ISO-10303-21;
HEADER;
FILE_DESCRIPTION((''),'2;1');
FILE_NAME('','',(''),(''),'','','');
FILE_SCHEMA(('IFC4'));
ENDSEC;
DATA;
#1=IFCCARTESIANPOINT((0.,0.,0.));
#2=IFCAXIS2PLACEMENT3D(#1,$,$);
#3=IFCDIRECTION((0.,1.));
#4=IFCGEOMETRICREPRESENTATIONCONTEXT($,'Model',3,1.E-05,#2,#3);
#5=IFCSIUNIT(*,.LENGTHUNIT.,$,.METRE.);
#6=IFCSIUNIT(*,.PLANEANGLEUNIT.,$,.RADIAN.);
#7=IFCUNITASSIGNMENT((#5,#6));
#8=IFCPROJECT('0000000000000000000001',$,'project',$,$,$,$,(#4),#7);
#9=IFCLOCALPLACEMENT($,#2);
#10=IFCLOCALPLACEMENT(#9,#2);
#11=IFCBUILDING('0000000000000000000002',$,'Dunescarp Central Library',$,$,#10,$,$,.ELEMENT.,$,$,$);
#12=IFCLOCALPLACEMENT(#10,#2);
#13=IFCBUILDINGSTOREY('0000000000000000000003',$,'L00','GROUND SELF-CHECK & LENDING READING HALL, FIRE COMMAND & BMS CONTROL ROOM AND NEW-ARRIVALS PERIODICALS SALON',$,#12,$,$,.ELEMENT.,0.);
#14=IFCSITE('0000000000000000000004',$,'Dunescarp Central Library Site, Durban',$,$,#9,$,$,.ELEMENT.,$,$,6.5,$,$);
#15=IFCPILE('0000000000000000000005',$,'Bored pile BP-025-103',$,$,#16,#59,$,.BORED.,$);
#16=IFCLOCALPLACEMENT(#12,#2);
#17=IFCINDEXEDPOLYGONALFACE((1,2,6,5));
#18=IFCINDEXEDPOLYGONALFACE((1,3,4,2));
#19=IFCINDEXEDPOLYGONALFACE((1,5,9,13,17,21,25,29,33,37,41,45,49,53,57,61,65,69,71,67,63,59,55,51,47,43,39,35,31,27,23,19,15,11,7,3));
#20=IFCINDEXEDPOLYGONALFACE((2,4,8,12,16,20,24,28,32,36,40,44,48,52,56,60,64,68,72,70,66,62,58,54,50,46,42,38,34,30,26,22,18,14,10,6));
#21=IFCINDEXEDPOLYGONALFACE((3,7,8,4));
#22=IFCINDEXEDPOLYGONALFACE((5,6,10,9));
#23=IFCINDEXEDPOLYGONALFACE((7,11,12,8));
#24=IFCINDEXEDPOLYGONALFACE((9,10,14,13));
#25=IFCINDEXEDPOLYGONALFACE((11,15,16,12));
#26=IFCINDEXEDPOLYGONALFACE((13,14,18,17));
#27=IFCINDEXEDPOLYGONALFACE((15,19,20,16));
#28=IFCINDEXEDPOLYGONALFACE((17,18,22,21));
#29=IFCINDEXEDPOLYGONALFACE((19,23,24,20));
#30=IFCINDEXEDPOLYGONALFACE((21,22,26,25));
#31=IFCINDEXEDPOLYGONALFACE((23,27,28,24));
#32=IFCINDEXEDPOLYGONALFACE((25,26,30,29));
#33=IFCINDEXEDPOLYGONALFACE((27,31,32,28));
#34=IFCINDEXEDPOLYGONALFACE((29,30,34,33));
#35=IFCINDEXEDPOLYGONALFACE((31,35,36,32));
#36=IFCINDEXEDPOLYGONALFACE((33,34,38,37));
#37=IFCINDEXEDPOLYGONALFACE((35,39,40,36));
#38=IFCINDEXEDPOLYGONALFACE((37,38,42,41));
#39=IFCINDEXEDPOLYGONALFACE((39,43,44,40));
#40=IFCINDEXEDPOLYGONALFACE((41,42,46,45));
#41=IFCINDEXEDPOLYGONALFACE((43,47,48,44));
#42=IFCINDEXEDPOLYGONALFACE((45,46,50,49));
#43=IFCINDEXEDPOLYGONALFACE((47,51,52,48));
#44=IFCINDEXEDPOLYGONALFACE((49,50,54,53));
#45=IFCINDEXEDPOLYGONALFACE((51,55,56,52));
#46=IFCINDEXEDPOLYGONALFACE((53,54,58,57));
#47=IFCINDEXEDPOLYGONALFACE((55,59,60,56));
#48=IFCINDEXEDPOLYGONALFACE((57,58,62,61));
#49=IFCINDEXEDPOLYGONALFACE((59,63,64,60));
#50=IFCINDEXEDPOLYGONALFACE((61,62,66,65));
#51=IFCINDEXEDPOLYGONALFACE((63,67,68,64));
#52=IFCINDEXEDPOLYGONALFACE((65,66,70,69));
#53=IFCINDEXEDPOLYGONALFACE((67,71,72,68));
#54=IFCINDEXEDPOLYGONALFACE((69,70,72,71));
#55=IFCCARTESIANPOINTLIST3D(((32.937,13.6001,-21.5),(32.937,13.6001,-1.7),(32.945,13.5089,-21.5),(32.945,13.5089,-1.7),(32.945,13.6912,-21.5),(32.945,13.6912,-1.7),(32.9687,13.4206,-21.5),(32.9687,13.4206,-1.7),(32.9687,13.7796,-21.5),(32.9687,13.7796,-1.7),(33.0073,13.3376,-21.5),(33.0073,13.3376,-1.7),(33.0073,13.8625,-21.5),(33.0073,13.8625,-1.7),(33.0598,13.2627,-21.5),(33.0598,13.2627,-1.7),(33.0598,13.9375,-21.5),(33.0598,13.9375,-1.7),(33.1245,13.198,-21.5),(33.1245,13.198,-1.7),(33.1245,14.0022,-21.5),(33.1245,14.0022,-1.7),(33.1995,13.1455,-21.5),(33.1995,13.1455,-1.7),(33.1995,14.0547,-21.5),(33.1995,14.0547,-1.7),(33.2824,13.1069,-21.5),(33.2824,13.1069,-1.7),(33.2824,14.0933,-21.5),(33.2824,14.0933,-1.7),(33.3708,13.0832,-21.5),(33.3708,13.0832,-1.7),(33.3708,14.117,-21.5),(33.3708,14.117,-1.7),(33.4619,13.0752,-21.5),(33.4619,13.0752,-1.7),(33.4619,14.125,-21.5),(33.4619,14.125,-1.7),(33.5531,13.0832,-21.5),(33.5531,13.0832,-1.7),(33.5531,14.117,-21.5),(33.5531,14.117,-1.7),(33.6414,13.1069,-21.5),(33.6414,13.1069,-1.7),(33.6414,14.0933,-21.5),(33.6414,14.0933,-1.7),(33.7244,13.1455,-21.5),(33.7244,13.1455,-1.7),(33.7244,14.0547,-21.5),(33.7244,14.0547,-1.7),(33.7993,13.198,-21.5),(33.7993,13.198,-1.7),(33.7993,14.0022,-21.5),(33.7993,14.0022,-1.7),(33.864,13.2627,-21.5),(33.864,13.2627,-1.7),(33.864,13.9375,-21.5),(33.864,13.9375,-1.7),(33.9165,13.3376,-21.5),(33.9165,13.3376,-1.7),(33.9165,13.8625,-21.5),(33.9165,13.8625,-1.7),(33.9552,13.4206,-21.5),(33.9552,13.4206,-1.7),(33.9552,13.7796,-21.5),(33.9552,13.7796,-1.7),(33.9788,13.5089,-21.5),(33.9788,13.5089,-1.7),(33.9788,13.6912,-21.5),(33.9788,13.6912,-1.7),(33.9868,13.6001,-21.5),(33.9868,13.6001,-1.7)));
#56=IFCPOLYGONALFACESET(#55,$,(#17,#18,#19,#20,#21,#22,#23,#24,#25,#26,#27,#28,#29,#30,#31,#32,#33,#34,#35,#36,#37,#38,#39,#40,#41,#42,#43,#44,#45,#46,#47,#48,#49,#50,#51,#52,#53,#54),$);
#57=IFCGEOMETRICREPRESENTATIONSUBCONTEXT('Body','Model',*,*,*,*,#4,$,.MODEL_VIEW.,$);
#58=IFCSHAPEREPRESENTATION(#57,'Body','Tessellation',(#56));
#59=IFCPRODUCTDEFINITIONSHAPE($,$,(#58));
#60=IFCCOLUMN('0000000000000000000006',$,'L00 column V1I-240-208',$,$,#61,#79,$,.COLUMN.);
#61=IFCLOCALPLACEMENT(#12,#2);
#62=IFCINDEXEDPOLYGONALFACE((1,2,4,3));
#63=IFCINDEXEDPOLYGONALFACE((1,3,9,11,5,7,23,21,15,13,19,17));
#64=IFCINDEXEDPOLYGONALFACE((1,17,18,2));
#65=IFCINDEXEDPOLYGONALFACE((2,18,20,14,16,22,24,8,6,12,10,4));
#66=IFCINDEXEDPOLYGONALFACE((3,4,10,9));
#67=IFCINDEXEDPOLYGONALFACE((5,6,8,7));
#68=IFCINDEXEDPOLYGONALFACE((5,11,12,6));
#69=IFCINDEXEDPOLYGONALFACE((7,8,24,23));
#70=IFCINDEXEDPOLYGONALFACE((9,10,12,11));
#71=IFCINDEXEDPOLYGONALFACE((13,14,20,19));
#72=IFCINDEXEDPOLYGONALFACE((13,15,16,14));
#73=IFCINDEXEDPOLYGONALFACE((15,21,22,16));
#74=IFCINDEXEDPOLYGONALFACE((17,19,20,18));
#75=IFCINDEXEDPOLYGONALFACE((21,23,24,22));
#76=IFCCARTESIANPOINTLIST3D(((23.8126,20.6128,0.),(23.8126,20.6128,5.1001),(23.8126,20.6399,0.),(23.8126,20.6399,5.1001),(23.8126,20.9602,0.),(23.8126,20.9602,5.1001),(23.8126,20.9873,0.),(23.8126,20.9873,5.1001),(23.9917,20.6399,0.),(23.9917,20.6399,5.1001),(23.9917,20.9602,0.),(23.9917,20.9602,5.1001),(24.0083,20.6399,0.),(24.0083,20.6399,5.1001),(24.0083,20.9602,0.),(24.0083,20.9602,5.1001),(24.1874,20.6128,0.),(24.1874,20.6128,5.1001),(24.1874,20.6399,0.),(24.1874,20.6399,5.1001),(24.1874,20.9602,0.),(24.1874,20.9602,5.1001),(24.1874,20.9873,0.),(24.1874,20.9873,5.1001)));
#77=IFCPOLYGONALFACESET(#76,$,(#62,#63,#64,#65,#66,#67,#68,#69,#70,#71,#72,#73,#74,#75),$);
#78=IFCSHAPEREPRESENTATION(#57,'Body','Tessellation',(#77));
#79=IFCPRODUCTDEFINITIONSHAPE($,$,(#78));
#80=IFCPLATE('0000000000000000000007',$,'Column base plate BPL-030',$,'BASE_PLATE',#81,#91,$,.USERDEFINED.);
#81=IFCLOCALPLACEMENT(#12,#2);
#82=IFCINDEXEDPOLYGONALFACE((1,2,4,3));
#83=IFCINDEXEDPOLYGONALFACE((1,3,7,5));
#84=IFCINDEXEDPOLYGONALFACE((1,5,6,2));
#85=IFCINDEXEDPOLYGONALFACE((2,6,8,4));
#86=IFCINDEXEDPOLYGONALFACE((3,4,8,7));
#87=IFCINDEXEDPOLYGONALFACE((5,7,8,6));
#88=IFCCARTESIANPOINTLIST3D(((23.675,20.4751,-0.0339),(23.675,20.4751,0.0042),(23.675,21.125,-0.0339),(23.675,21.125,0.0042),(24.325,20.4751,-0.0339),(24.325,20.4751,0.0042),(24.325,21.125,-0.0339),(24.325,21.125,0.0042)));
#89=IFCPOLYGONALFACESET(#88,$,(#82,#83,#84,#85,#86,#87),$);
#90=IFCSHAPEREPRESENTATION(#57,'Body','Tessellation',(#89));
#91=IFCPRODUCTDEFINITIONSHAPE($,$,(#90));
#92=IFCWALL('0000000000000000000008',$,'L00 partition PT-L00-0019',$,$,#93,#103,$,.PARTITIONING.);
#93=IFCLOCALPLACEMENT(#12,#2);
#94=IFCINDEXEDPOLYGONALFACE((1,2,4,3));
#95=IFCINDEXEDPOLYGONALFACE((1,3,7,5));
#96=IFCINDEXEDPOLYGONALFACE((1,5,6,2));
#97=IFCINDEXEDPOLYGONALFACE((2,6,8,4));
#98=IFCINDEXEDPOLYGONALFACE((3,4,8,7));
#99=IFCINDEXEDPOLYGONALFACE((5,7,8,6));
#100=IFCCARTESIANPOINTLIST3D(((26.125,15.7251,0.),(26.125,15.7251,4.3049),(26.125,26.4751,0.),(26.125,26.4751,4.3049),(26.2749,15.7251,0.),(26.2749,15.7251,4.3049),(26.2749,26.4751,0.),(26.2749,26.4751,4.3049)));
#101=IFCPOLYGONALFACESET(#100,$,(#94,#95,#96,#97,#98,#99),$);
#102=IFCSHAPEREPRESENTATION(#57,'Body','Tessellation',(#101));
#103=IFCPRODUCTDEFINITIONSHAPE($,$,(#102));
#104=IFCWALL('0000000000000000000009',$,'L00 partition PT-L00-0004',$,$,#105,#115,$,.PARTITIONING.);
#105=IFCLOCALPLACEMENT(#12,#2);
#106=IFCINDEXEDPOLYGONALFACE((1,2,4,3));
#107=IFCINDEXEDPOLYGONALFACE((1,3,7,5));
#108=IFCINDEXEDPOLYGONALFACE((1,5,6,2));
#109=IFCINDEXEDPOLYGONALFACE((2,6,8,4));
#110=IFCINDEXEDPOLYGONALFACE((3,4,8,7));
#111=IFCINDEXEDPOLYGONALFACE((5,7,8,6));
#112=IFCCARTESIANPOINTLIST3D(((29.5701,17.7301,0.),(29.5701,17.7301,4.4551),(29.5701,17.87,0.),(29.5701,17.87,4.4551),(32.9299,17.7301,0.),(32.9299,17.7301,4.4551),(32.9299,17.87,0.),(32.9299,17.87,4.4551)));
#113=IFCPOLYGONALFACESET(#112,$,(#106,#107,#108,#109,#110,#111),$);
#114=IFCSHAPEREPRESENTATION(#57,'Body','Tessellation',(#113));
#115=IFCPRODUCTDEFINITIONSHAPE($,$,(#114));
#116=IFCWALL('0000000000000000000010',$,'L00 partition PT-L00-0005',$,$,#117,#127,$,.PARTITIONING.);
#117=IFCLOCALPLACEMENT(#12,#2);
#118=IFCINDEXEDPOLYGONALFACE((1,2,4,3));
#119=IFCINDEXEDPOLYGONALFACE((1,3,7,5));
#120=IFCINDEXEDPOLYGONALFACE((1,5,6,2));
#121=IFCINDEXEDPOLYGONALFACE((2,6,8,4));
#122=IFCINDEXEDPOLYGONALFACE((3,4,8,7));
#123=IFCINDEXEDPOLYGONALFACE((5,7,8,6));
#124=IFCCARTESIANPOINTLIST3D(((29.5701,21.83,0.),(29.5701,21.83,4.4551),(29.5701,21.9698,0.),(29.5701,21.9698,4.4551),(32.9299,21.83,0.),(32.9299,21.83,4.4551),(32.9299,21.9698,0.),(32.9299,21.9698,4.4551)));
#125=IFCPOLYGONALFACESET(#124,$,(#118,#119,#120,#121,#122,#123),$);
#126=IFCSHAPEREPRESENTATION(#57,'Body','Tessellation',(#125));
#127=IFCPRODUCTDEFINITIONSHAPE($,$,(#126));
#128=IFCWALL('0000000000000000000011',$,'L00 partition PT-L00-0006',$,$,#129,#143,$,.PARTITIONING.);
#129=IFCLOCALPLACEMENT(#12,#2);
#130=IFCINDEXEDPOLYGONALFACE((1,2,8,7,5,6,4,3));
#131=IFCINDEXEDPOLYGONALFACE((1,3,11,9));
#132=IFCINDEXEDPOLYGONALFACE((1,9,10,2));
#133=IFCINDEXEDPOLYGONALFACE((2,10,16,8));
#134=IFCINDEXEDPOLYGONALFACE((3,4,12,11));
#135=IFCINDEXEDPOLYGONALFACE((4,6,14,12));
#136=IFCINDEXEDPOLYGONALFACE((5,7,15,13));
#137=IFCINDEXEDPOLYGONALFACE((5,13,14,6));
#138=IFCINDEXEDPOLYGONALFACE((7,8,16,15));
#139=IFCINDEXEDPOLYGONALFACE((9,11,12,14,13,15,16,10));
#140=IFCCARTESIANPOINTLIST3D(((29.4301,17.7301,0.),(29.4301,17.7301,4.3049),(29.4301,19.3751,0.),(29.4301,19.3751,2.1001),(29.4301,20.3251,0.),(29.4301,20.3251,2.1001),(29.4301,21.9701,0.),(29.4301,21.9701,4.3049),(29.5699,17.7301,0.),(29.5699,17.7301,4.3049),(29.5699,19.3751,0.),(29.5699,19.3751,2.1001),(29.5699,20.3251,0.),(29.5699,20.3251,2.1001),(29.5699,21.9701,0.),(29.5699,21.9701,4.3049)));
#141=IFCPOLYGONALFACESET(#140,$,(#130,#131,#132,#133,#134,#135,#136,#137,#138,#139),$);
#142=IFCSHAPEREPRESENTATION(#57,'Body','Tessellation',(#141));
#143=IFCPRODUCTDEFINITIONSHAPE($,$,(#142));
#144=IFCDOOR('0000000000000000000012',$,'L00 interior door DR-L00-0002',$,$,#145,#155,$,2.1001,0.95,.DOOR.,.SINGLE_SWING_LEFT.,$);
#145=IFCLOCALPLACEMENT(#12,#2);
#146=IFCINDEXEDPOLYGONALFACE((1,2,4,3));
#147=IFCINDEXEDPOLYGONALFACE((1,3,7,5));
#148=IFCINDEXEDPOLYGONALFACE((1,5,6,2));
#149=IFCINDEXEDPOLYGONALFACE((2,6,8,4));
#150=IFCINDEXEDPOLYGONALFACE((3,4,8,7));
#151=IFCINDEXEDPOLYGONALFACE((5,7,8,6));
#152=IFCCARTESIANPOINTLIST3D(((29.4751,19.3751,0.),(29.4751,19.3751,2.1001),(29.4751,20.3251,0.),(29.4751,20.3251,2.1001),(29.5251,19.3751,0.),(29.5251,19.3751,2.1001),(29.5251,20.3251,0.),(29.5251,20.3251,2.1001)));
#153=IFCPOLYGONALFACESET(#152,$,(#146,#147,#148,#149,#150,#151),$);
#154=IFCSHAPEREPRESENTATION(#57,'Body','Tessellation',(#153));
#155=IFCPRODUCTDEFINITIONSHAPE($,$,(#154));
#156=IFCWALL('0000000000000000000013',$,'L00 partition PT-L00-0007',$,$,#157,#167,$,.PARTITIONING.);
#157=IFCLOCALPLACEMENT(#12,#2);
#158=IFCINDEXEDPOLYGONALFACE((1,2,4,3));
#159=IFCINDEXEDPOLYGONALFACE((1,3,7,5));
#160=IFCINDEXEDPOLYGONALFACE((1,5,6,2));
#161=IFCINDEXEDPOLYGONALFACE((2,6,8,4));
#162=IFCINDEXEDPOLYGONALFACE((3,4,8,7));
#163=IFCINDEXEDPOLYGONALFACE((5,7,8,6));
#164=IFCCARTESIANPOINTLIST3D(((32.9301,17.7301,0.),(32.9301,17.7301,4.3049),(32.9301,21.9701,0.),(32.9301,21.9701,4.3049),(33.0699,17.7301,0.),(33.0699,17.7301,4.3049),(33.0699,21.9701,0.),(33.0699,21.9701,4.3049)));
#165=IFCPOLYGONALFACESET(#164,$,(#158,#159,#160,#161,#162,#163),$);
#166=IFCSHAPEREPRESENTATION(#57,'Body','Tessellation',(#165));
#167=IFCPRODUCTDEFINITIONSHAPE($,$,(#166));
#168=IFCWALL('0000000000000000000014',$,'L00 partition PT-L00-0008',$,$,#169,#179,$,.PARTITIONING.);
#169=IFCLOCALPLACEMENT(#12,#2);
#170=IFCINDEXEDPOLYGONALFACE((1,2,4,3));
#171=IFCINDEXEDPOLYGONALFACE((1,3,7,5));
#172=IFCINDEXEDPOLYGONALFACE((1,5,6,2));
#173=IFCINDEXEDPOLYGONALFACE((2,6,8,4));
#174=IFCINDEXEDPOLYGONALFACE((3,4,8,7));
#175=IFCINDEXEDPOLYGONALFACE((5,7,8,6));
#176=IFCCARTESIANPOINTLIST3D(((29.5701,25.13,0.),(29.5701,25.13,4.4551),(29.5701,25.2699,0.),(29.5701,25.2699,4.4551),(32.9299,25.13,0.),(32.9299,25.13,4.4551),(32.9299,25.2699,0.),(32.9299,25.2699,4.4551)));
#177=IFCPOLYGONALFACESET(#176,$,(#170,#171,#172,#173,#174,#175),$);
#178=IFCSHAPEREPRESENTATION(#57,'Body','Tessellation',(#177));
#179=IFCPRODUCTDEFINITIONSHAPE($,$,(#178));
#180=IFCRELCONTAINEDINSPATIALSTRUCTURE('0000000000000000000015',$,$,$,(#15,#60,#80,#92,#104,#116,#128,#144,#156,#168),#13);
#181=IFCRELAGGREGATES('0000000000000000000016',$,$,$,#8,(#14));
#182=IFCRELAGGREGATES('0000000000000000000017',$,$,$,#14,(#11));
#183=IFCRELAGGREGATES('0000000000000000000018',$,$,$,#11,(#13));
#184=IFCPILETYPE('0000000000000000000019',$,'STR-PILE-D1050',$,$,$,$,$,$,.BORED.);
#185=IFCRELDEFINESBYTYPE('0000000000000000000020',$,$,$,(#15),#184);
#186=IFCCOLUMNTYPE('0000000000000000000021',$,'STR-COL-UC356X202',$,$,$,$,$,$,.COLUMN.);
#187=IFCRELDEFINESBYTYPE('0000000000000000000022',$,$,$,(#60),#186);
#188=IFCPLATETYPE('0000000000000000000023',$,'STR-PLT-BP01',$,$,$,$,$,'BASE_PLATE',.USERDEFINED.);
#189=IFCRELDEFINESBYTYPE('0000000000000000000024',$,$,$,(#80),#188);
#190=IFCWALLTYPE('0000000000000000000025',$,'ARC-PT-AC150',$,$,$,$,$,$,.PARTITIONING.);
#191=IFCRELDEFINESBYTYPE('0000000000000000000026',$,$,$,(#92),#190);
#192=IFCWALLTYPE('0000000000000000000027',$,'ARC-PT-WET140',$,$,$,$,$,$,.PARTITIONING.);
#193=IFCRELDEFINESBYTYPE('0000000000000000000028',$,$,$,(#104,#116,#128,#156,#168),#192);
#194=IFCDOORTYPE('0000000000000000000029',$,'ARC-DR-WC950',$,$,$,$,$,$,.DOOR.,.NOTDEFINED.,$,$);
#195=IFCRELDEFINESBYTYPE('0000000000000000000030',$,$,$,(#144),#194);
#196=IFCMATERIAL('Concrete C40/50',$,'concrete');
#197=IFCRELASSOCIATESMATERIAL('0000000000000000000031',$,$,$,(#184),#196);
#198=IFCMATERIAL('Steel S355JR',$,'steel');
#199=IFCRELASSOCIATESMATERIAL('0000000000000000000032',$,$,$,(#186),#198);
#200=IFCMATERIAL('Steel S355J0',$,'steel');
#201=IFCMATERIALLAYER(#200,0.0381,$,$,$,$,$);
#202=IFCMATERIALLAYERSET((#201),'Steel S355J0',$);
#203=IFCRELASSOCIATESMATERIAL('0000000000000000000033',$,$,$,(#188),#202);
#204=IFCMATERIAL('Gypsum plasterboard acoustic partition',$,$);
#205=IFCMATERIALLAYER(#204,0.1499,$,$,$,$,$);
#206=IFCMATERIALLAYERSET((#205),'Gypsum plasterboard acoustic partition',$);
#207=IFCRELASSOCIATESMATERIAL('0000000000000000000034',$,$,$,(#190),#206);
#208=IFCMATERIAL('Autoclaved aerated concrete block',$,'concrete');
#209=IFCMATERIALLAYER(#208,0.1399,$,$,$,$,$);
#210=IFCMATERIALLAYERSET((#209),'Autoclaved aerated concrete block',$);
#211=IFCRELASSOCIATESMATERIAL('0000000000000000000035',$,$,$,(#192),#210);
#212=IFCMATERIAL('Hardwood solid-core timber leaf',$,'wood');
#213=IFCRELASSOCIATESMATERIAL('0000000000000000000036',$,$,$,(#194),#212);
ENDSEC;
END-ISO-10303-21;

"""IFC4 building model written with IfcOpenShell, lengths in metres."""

from ifc_helpers import new_model, si_unit, direction, frame, frame_2d, origin, origin_2d, place, context, subcontext, project, spatial, rectangle, circle, i_section, extrude, material, layer, layer_set, material_profile, profile_set, type_object, element, fill, save


model = new_model("IFC4")

# Units and contexts
model_context = context("Model", 3, precision=1e-05, world=origin(), true_north=direction((0.0, 1.0)))
body_context = subcontext(model_context, "Body", "Model", "MODEL_VIEW")
ifc_project = project(units=[si_unit("LENGTHUNIT", "METRE"), si_unit("PLANEANGLEUNIT", "RADIAN")], contexts=[model_context])

# Site, building, storey
site_placement = place(None, origin())
site = spatial("IfcSite", under=ifc_project, at=site_placement, Name="Dunescarp Central Library Site, Durban", CompositionType="ELEMENT", RefElevation=6.5)
building_placement = place(site_placement, origin())
building = spatial("IfcBuilding", under=site, at=building_placement, Name="Dunescarp Central Library", CompositionType="ELEMENT")
storey_placement = place(building_placement, origin())
storey = spatial("IfcBuildingStorey", under=building, at=storey_placement, Name="L00", Description="GROUND SELF-CHECK & LENDING READING HALL, FIRE COMMAND & BMS CONTROL ROOM AND NEW-ARRIVALS PERIODICALS SALON", CompositionType="ELEMENT", Elevation=0.0)

# Shared definitions
ifc_material_1 = material(Name="Concrete C40/50", Category="concrete")

# Pile
ifc_material_profile_1 = material_profile(ifc_material_1, circle(Radius=0.5249, at=origin_2d()), Name="PILE D1050")
ifc_profile_set_1 = profile_set([ifc_material_profile_1], Name="Concrete C40/50")
pile_type = type_object("IfcPileType", Name="STR-PILE-D1050", PredefinedType="BORED", material=ifc_profile_set_1)
for number, where, z_axis, x_axis, name in (
    (1, (33.4619, 13.6001, -1.7), (0.0, 0.0, -1.0), (1.0, 0.0, 0.0), "Bored pile BP-025-103"),
):
    element("IfcPile", number, at=place(storey_placement, frame(where, z_axis=z_axis, x_axis=x_axis)), inside=storey, type_object=pile_type, Name=name, PredefinedType="BORED", context=body_context, shape_type="SweptSolid", body=[
        extrude(circle(Radius=0.5249, at=origin_2d()), origin(), (0.0, 0.0, 1.0), 19.8),
    ])

# Column
ifc_material_2 = material(Name="Steel S355JR", Category="steel")
ifc_material_profile_2 = material_profile(ifc_material_2, i_section(OverallWidth=0.3748, OverallDepth=0.3745, WebThickness=0.0166, FlangeThickness=0.0271, at=origin_2d()), Name="UC 356x368x202")
ifc_profile_set_2 = profile_set([ifc_material_profile_2], Name="Steel S355JR")
column_type = type_object("IfcColumnType", Name="STR-COL-UC356X202", PredefinedType="COLUMN", material=ifc_profile_set_2)
column_placement = place(storey_placement, frame((24.0, 20.8, 0.0), z_axis=(0.0, 0.0, 1.0), x_axis=(1.0, 0.0, 0.0)))
element("IfcColumn", 2, at=column_placement, inside=storey, type_object=column_type, Name="L00 column V1I-240-208", PredefinedType="COLUMN", context=body_context, shape_type="SweptSolid", body=[
    extrude(i_section(OverallWidth=0.3748, OverallDepth=0.3745, WebThickness=0.0166, FlangeThickness=0.0271, at=origin_2d()), origin(), (0.0, 0.0, 1.0), 5.1001),
])

# Plate
ifc_material_3 = material(Name="Steel S355J0", Category="steel")
ifc_layer_1 = layer(ifc_material_3, 0.0381)
ifc_layer_set_1 = layer_set([ifc_layer_1], Name="Steel S355J0")
plate_type = type_object("IfcPlateType", Name="STR-PLT-BP01", ElementType="BASE_PLATE", PredefinedType="USERDEFINED", material=ifc_layer_set_1)
plate_placement = place(storey_placement, frame((24.0, 20.8, -0.0339), z_axis=(0.0, 0.0, 1.0), x_axis=(1.0, 0.0, 0.0)))
element("IfcPlate", 3, at=plate_placement, inside=storey, type_object=plate_type, Name="Column base plate BPL-030", ObjectType="BASE_PLATE", PredefinedType="USERDEFINED", context=body_context, shape_type="SweptSolid", body=[
    extrude(rectangle(XDim=0.6499, YDim=0.6499, at=origin_2d()), origin(), (0.0, 0.0, 1.0), 0.0381),
])

# Walls
ifc_material_4 = material(Name="Gypsum plasterboard acoustic partition")
ifc_layer_2 = layer(ifc_material_4, 0.1499)
ifc_layer_set_2 = layer_set([ifc_layer_2], Name="Gypsum plasterboard acoustic partition")
wall_type_1 = type_object("IfcWallType", Name="ARC-PT-AC150", PredefinedType="PARTITIONING", material=ifc_layer_set_2)
wall_1_placement = place(storey_placement, frame((26.2, 15.7251, 0.0), z_axis=(0.0, 0.0, 1.0), x_axis=(0.0, 1.0, 0.0)))
element("IfcWall", 4, at=wall_1_placement, inside=storey, type_object=wall_type_1, Name="L00 partition PT-L00-0019", PredefinedType="PARTITIONING", context=body_context, shape_type="SweptSolid", body=[
    extrude(rectangle(XDim=10.75, YDim=0.1499, at=frame_2d((5.375, 0.0))), origin(), (0.0, 0.0, 1.0), 4.3049),
])
ifc_material_5 = material(Name="Autoclaved aerated concrete block", Category="concrete")
ifc_layer_3 = layer(ifc_material_5, 0.1399)
ifc_layer_set_3 = layer_set([ifc_layer_3], Name="Autoclaved aerated concrete block")
wall_type_2 = type_object("IfcWallType", Name="ARC-PT-WET140", PredefinedType="PARTITIONING", material=ifc_layer_set_3)
for number, where, z_axis, x_axis, name in (
    (5, (29.5701, 17.8, 0.0), (0.0, 0.0, 1.0), (1.0, 0.0, 0.0), "L00 partition PT-L00-0004"),
    (6, (29.5701, 21.8999, 0.0), (0.0, 0.0, 1.0), (1.0, 0.0, 0.0), "L00 partition PT-L00-0005"),
):
    element("IfcWall", number, at=place(storey_placement, frame(where, z_axis=z_axis, x_axis=x_axis)), inside=storey, type_object=wall_type_2, Name=name, PredefinedType="PARTITIONING", context=body_context, shape_type="SweptSolid", body=[
        extrude(rectangle(XDim=3.3599, YDim=0.1399, at=frame_2d((1.6799, 0.0))), origin(), (0.0, 0.0, 1.0), 4.4551),
    ])

# Wall, opening, door
wall_2_placement = place(storey_placement, frame((29.5, 17.73, 0.0), z_axis=(0.0, 0.0, 1.0), x_axis=(0.0, 1.0, 0.0)))
wall_2 = element("IfcWall", 7, at=wall_2_placement, inside=storey, type_object=wall_type_2, Name="L00 partition PT-L00-0006", PredefinedType="PARTITIONING", context=body_context, shape_type="SweptSolid", body=[
    extrude(rectangle(XDim=4.24, YDim=0.1399, at=frame_2d((2.1201, 0.0))), origin(), (0.0, 0.0, 1.0), 4.3049),
])
opening_1_placement = place(wall_2_placement, frame((1.645, 0.0, 0.0)))
opening_1 = element("IfcOpeningElement", 8, at=opening_1_placement, cuts=wall_2, PredefinedType="OPENING", context=body_context, shape_type="SweptSolid", body=[
    extrude(rectangle(XDim=0.95, YDim=2.1001, at=frame_2d((0.4751, 1.05))), frame((0.0, 0.0801, 0.0), z_axis=(0.0, -1.0, 0.0), x_axis=(1.0, 0.0, 0.0)), (0.0, 0.0, 1.0), 0.1599),
])
ifc_material_6 = material(Name="Hardwood solid-core timber leaf", Category="wood")
door_type_1 = type_object("IfcDoorType", Name="ARC-DR-WC950", OperationType="NOTDEFINED", PredefinedType="DOOR", material=ifc_material_6)
door_1_placement = place(opening_1_placement, origin())
door_1 = element("IfcDoor", 9, at=door_1_placement, inside=storey, type_object=door_type_1, Name="L00 interior door DR-L00-0002", OperationType="SINGLE_SWING_LEFT", OverallHeight=2.1001, OverallWidth=0.95, PredefinedType="DOOR", context=body_context, shape_type="SweptSolid", body=[
    extrude(rectangle(XDim=0.95, YDim=2.1001, at=frame_2d((0.4751, 1.05))), frame((0.0, 0.0249, 0.0), z_axis=(0.0, -1.0, 0.0), x_axis=(1.0, 0.0, 0.0)), (0.0, 0.0, 1.0), 0.05),
])
fill(opening_1, door_1)

# Walls
wall_3_placement = place(storey_placement, frame((33.0, 17.73, 0.0), z_axis=(0.0, 0.0, 1.0), x_axis=(0.0, 1.0, 0.0)))
element("IfcWall", 10, at=wall_3_placement, inside=storey, type_object=wall_type_2, Name="L00 partition PT-L00-0007", PredefinedType="PARTITIONING", context=body_context, shape_type="SweptSolid", body=[
    extrude(rectangle(XDim=4.24, YDim=0.1399, at=frame_2d((2.1201, 0.0))), origin(), (0.0, 0.0, 1.0), 4.3049),
])
wall_4_placement = place(storey_placement, frame((29.5701, 25.2, 0.0), z_axis=(0.0, 0.0, 1.0), x_axis=(1.0, 0.0, 0.0)))
element("IfcWall", 11, at=wall_4_placement, inside=storey, type_object=wall_type_2, Name="L00 partition PT-L00-0008", PredefinedType="PARTITIONING", context=body_context, shape_type="SweptSolid", body=[
    extrude(rectangle(XDim=3.3599, YDim=0.1399, at=frame_2d((1.6799, 0.0))), origin(), (0.0, 0.0, 1.0), 4.4551),
])

save(model, "model.ifc")
